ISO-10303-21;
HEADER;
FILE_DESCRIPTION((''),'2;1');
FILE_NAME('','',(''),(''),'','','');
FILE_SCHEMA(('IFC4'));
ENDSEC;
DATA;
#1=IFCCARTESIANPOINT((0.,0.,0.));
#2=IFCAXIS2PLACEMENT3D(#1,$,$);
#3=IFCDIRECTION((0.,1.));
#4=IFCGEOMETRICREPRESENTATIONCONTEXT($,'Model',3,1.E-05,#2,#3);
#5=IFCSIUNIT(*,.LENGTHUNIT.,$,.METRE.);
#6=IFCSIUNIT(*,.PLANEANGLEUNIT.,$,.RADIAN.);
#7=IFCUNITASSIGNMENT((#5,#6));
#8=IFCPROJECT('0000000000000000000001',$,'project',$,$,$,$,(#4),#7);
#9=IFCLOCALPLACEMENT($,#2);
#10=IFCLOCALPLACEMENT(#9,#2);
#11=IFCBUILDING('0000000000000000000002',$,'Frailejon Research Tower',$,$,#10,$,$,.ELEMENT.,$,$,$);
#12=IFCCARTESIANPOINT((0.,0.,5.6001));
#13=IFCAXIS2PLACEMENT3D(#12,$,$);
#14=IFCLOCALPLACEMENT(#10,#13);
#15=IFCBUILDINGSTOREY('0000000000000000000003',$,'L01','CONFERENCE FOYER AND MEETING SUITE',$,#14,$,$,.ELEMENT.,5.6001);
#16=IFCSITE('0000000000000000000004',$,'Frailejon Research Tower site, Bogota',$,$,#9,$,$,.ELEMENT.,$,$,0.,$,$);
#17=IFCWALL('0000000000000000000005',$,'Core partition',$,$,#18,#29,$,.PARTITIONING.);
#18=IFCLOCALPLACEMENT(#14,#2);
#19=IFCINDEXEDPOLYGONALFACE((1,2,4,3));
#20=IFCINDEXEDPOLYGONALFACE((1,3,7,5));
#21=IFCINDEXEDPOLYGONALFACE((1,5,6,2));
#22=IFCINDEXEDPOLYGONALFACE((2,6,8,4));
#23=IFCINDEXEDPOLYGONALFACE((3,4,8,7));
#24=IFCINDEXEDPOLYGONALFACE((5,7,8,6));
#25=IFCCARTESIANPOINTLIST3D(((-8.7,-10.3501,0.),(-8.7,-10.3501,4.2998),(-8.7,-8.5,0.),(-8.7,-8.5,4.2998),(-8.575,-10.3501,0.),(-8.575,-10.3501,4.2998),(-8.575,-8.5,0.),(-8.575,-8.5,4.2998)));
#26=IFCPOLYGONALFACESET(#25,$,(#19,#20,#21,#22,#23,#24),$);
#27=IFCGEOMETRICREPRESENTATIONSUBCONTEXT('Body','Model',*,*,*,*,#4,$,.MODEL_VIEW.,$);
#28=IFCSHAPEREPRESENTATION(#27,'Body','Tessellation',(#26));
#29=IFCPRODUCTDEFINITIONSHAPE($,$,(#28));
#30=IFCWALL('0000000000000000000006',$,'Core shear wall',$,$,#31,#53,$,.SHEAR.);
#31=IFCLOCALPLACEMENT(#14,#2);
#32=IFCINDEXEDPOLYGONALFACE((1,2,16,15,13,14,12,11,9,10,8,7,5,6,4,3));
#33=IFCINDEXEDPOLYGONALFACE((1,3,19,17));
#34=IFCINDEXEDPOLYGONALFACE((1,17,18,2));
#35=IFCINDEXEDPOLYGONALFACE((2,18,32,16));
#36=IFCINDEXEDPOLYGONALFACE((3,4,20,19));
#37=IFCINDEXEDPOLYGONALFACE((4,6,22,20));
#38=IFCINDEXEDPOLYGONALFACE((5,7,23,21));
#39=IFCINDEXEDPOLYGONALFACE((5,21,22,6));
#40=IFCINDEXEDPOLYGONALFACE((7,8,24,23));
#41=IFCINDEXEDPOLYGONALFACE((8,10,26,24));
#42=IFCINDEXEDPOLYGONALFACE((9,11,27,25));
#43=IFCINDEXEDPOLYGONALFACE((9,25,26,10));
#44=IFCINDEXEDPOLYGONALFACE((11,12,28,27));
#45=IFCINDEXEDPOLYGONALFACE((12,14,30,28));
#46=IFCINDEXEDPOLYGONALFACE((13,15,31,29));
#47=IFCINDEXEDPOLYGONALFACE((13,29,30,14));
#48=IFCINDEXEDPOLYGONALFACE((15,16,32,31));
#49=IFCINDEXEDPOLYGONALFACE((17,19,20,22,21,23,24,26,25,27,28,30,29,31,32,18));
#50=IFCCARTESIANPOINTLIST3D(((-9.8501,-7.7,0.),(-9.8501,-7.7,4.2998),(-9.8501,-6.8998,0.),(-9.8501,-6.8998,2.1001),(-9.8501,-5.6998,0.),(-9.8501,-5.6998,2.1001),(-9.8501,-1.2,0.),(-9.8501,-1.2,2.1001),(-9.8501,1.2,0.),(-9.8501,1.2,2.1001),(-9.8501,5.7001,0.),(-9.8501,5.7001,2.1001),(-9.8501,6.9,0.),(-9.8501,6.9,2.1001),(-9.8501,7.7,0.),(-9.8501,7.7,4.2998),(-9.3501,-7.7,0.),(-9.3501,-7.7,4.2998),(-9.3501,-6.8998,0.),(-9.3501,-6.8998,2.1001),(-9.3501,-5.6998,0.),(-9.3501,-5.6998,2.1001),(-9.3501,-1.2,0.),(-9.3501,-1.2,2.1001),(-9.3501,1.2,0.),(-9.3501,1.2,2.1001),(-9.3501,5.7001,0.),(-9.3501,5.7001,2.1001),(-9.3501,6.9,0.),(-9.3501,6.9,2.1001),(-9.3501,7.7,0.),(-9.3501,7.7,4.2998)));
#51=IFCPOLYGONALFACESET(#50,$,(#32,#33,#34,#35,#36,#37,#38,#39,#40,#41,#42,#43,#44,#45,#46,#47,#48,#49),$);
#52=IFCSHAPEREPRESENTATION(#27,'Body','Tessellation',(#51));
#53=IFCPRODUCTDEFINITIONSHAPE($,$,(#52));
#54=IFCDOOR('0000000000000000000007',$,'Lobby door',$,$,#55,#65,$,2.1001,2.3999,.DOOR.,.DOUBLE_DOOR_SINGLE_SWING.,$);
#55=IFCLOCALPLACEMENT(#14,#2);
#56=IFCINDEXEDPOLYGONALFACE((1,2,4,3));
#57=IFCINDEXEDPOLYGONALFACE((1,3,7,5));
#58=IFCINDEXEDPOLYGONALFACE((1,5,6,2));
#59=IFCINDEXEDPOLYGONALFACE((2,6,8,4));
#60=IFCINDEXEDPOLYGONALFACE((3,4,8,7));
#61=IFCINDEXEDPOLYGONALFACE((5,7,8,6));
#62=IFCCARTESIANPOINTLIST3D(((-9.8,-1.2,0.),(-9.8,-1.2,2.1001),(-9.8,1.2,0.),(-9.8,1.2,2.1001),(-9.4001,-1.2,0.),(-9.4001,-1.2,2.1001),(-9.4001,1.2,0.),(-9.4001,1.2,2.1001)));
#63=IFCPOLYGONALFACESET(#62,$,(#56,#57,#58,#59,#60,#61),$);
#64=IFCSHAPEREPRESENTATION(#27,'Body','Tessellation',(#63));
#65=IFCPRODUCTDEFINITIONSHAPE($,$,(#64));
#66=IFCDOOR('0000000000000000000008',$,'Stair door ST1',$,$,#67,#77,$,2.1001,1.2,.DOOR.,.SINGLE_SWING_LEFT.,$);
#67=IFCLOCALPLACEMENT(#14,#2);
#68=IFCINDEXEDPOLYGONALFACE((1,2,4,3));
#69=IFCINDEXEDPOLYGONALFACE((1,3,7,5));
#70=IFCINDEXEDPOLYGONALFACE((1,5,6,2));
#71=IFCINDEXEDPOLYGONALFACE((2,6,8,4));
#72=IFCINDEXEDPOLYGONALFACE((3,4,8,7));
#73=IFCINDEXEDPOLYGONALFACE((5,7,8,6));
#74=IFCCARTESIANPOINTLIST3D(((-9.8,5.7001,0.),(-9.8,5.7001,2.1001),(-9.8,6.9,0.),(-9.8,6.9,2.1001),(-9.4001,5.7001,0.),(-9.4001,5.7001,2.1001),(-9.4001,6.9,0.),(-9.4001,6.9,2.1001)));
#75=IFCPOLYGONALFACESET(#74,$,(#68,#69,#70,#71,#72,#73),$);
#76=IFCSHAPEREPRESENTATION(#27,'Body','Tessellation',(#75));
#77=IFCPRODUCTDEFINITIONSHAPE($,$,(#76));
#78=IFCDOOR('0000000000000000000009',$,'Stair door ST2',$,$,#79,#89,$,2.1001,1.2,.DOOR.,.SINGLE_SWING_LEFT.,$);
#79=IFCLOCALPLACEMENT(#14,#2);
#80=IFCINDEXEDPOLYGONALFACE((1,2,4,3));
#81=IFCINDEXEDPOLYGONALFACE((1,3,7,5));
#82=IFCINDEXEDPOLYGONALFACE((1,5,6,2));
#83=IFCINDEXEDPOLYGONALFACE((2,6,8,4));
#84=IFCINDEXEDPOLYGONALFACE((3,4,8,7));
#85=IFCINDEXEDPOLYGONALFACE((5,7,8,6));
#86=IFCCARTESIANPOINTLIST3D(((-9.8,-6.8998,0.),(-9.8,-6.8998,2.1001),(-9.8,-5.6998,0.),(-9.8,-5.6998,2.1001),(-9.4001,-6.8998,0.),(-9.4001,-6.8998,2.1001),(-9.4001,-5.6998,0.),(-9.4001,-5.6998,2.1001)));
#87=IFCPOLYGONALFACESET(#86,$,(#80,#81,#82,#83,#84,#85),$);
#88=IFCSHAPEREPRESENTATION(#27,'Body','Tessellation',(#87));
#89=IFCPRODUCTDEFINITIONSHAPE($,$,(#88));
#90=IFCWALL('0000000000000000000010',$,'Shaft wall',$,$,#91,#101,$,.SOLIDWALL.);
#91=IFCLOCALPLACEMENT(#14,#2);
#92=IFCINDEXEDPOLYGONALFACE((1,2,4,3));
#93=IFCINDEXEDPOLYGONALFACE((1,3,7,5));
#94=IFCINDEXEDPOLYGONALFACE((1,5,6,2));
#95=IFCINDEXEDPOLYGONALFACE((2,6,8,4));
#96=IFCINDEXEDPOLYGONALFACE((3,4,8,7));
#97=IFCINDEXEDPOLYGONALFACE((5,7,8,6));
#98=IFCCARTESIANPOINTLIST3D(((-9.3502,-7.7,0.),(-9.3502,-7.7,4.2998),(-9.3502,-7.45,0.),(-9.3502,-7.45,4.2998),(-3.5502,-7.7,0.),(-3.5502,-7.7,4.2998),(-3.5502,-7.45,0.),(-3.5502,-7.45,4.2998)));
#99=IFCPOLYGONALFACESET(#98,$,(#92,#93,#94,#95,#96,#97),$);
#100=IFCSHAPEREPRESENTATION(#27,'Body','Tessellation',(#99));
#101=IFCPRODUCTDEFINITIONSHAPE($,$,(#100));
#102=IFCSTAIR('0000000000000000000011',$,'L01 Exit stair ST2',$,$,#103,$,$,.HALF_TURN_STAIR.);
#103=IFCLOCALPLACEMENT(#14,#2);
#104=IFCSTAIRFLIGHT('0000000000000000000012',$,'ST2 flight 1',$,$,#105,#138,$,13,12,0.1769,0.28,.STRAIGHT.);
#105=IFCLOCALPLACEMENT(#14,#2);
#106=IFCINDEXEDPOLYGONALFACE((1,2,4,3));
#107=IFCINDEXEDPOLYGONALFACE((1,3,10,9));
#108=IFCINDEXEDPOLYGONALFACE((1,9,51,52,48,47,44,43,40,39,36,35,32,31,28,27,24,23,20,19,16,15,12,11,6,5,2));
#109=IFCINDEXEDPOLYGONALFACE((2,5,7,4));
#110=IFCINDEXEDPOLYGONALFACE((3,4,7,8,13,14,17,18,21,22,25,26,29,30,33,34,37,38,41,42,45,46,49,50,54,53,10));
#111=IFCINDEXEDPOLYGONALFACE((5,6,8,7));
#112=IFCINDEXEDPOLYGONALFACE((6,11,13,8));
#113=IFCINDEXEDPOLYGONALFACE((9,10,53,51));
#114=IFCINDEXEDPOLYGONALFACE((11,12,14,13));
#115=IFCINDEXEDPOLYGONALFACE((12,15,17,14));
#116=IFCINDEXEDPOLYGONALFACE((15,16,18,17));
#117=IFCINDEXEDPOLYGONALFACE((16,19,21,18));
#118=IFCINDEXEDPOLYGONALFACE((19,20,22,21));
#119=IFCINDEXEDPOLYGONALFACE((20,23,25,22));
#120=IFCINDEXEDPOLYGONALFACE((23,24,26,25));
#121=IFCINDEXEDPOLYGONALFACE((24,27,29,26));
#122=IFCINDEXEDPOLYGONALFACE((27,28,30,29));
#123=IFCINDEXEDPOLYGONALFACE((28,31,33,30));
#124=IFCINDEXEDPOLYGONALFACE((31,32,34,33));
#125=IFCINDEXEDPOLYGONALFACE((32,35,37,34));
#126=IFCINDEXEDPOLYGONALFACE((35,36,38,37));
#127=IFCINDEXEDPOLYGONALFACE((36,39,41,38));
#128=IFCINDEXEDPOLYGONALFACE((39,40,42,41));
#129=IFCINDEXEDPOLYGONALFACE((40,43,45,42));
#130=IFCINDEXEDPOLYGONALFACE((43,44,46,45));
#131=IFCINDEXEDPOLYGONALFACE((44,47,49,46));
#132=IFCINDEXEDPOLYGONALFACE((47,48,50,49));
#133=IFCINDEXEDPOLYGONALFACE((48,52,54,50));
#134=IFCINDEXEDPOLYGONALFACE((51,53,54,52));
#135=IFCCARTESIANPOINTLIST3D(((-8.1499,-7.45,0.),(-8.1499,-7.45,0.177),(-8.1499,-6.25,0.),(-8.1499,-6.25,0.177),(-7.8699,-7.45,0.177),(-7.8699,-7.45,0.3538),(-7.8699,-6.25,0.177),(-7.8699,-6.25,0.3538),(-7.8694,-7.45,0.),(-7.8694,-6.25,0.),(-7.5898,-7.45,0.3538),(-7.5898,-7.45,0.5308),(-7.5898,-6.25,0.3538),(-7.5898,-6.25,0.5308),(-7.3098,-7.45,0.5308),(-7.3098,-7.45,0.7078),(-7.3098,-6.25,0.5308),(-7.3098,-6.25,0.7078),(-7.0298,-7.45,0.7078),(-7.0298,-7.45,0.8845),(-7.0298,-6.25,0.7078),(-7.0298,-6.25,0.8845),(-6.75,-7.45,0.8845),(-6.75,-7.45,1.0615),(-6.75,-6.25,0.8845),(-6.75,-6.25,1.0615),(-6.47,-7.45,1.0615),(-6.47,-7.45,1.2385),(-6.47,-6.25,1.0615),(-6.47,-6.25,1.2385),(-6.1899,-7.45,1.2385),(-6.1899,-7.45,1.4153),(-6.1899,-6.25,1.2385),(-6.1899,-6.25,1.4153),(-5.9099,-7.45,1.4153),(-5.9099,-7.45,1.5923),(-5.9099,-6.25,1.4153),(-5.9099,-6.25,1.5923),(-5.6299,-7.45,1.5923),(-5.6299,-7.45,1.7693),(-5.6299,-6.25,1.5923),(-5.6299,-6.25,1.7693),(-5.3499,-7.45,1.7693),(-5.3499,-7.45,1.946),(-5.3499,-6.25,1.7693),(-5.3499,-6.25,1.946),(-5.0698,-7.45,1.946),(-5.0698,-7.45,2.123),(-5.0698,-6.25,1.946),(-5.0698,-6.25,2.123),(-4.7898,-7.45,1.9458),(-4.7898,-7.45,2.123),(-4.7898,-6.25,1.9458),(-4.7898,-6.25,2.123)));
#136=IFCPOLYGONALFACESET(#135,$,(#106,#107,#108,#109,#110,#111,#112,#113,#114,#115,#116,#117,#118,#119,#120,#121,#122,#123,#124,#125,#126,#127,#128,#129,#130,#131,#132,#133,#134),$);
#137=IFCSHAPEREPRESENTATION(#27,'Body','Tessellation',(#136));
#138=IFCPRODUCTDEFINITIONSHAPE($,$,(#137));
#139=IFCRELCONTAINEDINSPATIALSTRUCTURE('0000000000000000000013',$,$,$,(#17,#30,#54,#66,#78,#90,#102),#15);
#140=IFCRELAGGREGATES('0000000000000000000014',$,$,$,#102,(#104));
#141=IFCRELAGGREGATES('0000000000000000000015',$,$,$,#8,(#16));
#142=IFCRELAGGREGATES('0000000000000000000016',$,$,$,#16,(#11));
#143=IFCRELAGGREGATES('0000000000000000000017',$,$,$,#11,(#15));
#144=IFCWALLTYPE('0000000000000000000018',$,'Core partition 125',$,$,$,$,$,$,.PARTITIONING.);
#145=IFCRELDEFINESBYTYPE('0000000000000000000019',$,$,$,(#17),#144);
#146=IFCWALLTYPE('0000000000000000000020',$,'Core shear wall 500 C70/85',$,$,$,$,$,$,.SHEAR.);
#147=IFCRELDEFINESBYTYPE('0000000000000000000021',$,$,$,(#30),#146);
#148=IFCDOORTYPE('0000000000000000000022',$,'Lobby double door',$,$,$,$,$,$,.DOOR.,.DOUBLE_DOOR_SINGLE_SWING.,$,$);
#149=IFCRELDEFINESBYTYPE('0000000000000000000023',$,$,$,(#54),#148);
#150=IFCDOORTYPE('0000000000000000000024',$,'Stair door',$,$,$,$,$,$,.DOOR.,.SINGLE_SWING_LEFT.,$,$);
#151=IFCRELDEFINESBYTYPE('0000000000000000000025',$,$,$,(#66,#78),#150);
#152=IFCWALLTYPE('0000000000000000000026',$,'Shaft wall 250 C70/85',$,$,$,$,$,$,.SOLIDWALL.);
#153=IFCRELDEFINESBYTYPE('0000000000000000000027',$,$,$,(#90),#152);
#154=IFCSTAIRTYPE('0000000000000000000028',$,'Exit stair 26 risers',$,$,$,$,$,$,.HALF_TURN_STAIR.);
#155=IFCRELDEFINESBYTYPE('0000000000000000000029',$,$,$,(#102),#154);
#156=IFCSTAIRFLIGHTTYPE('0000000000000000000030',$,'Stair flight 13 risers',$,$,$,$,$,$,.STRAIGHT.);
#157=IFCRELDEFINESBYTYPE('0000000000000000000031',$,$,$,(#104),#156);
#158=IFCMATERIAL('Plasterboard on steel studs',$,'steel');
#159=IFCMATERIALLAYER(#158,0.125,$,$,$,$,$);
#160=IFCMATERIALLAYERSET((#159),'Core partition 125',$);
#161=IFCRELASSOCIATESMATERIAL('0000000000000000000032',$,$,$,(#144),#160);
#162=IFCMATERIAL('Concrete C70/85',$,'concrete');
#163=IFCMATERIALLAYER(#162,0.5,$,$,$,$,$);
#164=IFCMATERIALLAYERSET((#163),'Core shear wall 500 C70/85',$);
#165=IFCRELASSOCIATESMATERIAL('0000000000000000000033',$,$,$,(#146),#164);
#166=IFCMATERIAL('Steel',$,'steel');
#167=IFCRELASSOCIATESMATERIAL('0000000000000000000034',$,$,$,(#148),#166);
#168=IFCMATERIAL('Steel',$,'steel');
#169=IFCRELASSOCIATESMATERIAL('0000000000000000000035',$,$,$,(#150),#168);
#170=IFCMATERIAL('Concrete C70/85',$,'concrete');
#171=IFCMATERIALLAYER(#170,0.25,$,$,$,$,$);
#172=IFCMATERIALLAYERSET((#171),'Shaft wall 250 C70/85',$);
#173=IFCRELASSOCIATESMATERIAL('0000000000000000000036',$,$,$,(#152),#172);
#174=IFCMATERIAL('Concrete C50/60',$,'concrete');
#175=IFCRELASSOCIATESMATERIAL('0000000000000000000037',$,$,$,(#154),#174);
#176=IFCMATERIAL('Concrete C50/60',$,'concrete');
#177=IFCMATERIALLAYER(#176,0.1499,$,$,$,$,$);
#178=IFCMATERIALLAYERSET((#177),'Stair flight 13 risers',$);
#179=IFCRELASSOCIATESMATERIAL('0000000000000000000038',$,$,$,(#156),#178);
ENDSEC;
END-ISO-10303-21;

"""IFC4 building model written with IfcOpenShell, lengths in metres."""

from ifc_helpers import new_model, si_unit, direction, frame, frame_2d, origin, place, context, subcontext, project, spatial, polyline, rectangle, outline, extrude, material, layer, layer_set, type_object, element, fill, aggregate, save


model = new_model("IFC4")

# Units and contexts
model_context = context("Model", 3, precision=1e-05, world=origin(), true_north=direction((0.0, 1.0)))
body_context = subcontext(model_context, "Body", "Model", "MODEL_VIEW")
ifc_project = project(units=[si_unit("LENGTHUNIT", "METRE"), si_unit("PLANEANGLEUNIT", "RADIAN")], contexts=[model_context])

# Site, building, storey
site_placement = place(None, origin())
site = spatial("IfcSite", under=ifc_project, at=site_placement, Name="Frailejon Research Tower site, Bogota", CompositionType="ELEMENT", RefElevation=0.0)
building_placement = place(site_placement, origin())
building = spatial("IfcBuilding", under=site, at=building_placement, Name="Frailejon Research Tower", CompositionType="ELEMENT")
storey_placement = place(building_placement, frame((0.0, 0.0, 5.6001)))
storey = spatial("IfcBuildingStorey", under=building, at=storey_placement, Name="L01", Description="CONFERENCE FOYER AND MEETING SUITE", CompositionType="ELEMENT", Elevation=5.6001)

# Wall
ifc_material_1 = material(Name="Plasterboard on steel studs", Category="steel")
ifc_layer_1 = layer(ifc_material_1, 0.125)
ifc_layer_set_1 = layer_set([ifc_layer_1], Name="Core partition 125")
wall_type_1 = type_object("IfcWallType", Name="Core partition 125", PredefinedType="PARTITIONING", material=ifc_layer_set_1)
wall_1_placement = place(storey_placement, frame((-8.6375, -10.3501, 0.0), z_axis=(0.0, 0.0, 1.0), x_axis=(0.0, 1.0, 0.0)))
element("IfcWall", 1, at=wall_1_placement, inside=storey, type_object=wall_type_1, Name="Core partition", PredefinedType="PARTITIONING", context=body_context, shape_type="SweptSolid", body=[
    extrude(rectangle(XDim=1.8501, YDim=0.125, at=frame_2d((0.925, 0.0))), origin(), (0.0, 0.0, 1.0), 4.2998),
])

# Wall, openings, doors
ifc_material_2 = material(Name="Concrete C70/85", Category="concrete")
ifc_layer_2 = layer(ifc_material_2, 0.5)
ifc_layer_set_2 = layer_set([ifc_layer_2], Name="Core shear wall 500 C70/85")
wall_type_2 = type_object("IfcWallType", Name="Core shear wall 500 C70/85", PredefinedType="SHEAR", material=ifc_layer_set_2)
wall_2_placement = place(storey_placement, frame((-9.6001, -7.7, 0.0), z_axis=(0.0, 0.0, 1.0), x_axis=(0.0, 1.0, 0.0)))
wall_2 = element("IfcWall", 2, at=wall_2_placement, inside=storey, type_object=wall_type_2, Name="Core shear wall", PredefinedType="SHEAR", context=body_context, shape_type="SweptSolid", body=[
    extrude(rectangle(XDim=15.3999, YDim=0.5, at=frame_2d((7.7, 0.0))), origin(), (0.0, 0.0, 1.0), 4.2998),
])
opening_1_placement = place(wall_2_placement, frame((6.5, 0.0, 0.0)))
opening_1 = element("IfcOpeningElement", 3, at=opening_1_placement, cuts=wall_2, PredefinedType="OPENING", context=body_context, shape_type="SweptSolid", body=[
    extrude(rectangle(XDim=2.3999, YDim=2.1001, at=frame_2d((1.2, 1.05))), frame((0.0, 0.26, 0.0), z_axis=(0.0, -1.0, 0.0), x_axis=(1.0, 0.0, 0.0)), (0.0, 0.0, 1.0), 0.52),
])
opening_2_placement = place(wall_2_placement, frame((13.3999, 0.0, 0.0)))
opening_2 = element("IfcOpeningElement", 4, at=opening_2_placement, cuts=wall_2, PredefinedType="OPENING", context=body_context, shape_type="SweptSolid", body=[
    extrude(rectangle(XDim=1.2, YDim=2.1001, at=frame_2d((0.6001, 1.05))), frame((0.0, 0.26, 0.0), z_axis=(0.0, -1.0, 0.0), x_axis=(1.0, 0.0, 0.0)), (0.0, 0.0, 1.0), 0.52),
])
opening_3_placement = place(wall_2_placement, frame((0.8, 0.0, 0.0)))
opening_3 = element("IfcOpeningElement", 5, at=opening_3_placement, cuts=wall_2, PredefinedType="OPENING", context=body_context, shape_type="SweptSolid", body=[
    extrude(rectangle(XDim=1.2, YDim=2.1001, at=frame_2d((0.6001, 1.05))), frame((0.0, 0.26, 0.0), z_axis=(0.0, -1.0, 0.0), x_axis=(1.0, 0.0, 0.0)), (0.0, 0.0, 1.0), 0.52),
])
ifc_material_3 = material(Name="Steel", Category="steel")
door_type_1 = type_object("IfcDoorType", Name="Lobby double door", OperationType="DOUBLE_DOOR_SINGLE_SWING", PredefinedType="DOOR", material=ifc_material_3)
door_1_placement = place(opening_1_placement, origin())
door_1 = element("IfcDoor", 6, at=door_1_placement, inside=storey, type_object=door_type_1, Name="Lobby door", OperationType="DOUBLE_DOOR_SINGLE_SWING", OverallHeight=2.1001, OverallWidth=2.3999, PredefinedType="DOOR", context=body_context, shape_type="SweptSolid", body=[
    extrude(rectangle(XDim=2.3999, YDim=2.1001, at=frame_2d((1.2, 1.05))), frame((0.0, 0.2, 0.0), z_axis=(0.0, -1.0, 0.0), x_axis=(1.0, 0.0, 0.0)), (0.0, 0.0, 1.0), 0.3999),
])
fill(opening_1, door_1)
ifc_material_4 = material(Name="Steel", Category="steel")
door_type_2 = type_object("IfcDoorType", Name="Stair door", OperationType="SINGLE_SWING_LEFT", PredefinedType="DOOR", material=ifc_material_4)
door_2_placement = place(opening_2_placement, origin())
door_2 = element("IfcDoor", 7, at=door_2_placement, inside=storey, type_object=door_type_2, Name="Stair door ST1", OperationType="SINGLE_SWING_LEFT", OverallHeight=2.1001, OverallWidth=1.2, PredefinedType="DOOR", context=body_context, shape_type="SweptSolid", body=[
    extrude(rectangle(XDim=1.2, YDim=2.1001, at=frame_2d((0.6001, 1.05))), frame((0.0, 0.2, 0.0), z_axis=(0.0, -1.0, 0.0), x_axis=(1.0, 0.0, 0.0)), (0.0, 0.0, 1.0), 0.3999),
])
fill(opening_2, door_2)
door_3_placement = place(opening_3_placement, origin())
door_3 = element("IfcDoor", 8, at=door_3_placement, inside=storey, type_object=door_type_2, Name="Stair door ST2", OperationType="SINGLE_SWING_LEFT", OverallHeight=2.1001, OverallWidth=1.2, PredefinedType="DOOR", context=body_context, shape_type="SweptSolid", body=[
    extrude(rectangle(XDim=1.2, YDim=2.1001, at=frame_2d((0.6001, 1.05))), frame((0.0, 0.2, 0.0), z_axis=(0.0, -1.0, 0.0), x_axis=(1.0, 0.0, 0.0)), (0.0, 0.0, 1.0), 0.3999),
])
fill(opening_3, door_3)

# Wall
ifc_material_5 = material(Name="Concrete C70/85", Category="concrete")
ifc_layer_3 = layer(ifc_material_5, 0.25)
ifc_layer_set_3 = layer_set([ifc_layer_3], Name="Shaft wall 250 C70/85")
wall_type_3 = type_object("IfcWallType", Name="Shaft wall 250 C70/85", PredefinedType="SOLIDWALL", material=ifc_layer_set_3)
wall_3_placement = place(storey_placement, frame((-9.3501, -7.575, 0.0), z_axis=(0.0, 0.0, 1.0), x_axis=(1.0, 0.0, 0.0)))
element("IfcWall", 9, at=wall_3_placement, inside=storey, type_object=wall_type_3, Name="Shaft wall", PredefinedType="SOLIDWALL", context=body_context, shape_type="SweptSolid", body=[
    extrude(rectangle(XDim=5.8, YDim=0.25, at=frame_2d((2.8999, 0.0))), origin(), (0.0, 0.0, 1.0), 4.2998),
])

# Stair, stair flight
ifc_material_6 = material(Name="Concrete C50/60", Category="concrete")
stair_type = type_object("IfcStairType", Name="Exit stair 26 risers", PredefinedType="HALF_TURN_STAIR", material=ifc_material_6)
stair_placement = place(storey_placement, origin())
stair = element("IfcStair", 10, at=stair_placement, inside=storey, type_object=stair_type, Name="L01 Exit stair ST2", PredefinedType="HALF_TURN_STAIR")
ifc_material_7 = material(Name="Concrete C50/60", Category="concrete")
ifc_layer_4 = layer(ifc_material_7, 0.1499)
ifc_layer_set_4 = layer_set([ifc_layer_4], Name="Stair flight 13 risers")
stair_flight_type = type_object("IfcStairFlightType", Name="Stair flight 13 risers", PredefinedType="STRAIGHT", material=ifc_layer_set_4)
stair_flight_placement = place(storey_placement, frame((-8.1499, -6.8501, 0.0), z_axis=(0.0, 0.0, 1.0), x_axis=(1.0, 0.0, 0.0)))
stair_flight = element("IfcStairFlight", 11, at=stair_flight_placement, type_object=stair_flight_type, Name="ST2 flight 1", NumberOfRisers=13, NumberOfTreads=12, PredefinedType="STRAIGHT", RiserHeight=0.1769, TreadLength=0.28, context=body_context, shape_type="SweptSolid", body=[
    extrude(outline(polyline([(0.0, 0.0), (0.0, 0.177), (0.28, 0.177), (0.28, 0.3538), (0.5601, 0.3538), (0.5601, 0.5308), (0.8401, 0.5308), (0.8401, 0.7078), (1.1201, 0.7078), (1.1201, 0.8845), (1.3999, 0.8845), (1.3999, 1.0615), (1.6799, 1.0615), (1.6799, 1.2385), (1.96, 1.2385), (1.96, 1.4153), (2.24, 1.4153), (2.24, 1.5923), (2.52, 1.5923), (2.52, 1.7693), (2.8, 1.7693), (2.8, 1.946), (3.0801, 1.946), (3.0801, 2.123), (3.3601, 2.123), (3.3601, 2.3), (3.3601, 1.9458), (0.2805, 0.0), (0.0, 0.0)])), frame((0.0, 0.6001, 0.0), z_axis=(0.0, -1.0, 0.0), x_axis=(1.0, 0.0, 0.0)), (0.0, 0.0, 1.0), 1.2),
])
aggregate(stair, [stair_flight])

save(model, "model.ifc")
